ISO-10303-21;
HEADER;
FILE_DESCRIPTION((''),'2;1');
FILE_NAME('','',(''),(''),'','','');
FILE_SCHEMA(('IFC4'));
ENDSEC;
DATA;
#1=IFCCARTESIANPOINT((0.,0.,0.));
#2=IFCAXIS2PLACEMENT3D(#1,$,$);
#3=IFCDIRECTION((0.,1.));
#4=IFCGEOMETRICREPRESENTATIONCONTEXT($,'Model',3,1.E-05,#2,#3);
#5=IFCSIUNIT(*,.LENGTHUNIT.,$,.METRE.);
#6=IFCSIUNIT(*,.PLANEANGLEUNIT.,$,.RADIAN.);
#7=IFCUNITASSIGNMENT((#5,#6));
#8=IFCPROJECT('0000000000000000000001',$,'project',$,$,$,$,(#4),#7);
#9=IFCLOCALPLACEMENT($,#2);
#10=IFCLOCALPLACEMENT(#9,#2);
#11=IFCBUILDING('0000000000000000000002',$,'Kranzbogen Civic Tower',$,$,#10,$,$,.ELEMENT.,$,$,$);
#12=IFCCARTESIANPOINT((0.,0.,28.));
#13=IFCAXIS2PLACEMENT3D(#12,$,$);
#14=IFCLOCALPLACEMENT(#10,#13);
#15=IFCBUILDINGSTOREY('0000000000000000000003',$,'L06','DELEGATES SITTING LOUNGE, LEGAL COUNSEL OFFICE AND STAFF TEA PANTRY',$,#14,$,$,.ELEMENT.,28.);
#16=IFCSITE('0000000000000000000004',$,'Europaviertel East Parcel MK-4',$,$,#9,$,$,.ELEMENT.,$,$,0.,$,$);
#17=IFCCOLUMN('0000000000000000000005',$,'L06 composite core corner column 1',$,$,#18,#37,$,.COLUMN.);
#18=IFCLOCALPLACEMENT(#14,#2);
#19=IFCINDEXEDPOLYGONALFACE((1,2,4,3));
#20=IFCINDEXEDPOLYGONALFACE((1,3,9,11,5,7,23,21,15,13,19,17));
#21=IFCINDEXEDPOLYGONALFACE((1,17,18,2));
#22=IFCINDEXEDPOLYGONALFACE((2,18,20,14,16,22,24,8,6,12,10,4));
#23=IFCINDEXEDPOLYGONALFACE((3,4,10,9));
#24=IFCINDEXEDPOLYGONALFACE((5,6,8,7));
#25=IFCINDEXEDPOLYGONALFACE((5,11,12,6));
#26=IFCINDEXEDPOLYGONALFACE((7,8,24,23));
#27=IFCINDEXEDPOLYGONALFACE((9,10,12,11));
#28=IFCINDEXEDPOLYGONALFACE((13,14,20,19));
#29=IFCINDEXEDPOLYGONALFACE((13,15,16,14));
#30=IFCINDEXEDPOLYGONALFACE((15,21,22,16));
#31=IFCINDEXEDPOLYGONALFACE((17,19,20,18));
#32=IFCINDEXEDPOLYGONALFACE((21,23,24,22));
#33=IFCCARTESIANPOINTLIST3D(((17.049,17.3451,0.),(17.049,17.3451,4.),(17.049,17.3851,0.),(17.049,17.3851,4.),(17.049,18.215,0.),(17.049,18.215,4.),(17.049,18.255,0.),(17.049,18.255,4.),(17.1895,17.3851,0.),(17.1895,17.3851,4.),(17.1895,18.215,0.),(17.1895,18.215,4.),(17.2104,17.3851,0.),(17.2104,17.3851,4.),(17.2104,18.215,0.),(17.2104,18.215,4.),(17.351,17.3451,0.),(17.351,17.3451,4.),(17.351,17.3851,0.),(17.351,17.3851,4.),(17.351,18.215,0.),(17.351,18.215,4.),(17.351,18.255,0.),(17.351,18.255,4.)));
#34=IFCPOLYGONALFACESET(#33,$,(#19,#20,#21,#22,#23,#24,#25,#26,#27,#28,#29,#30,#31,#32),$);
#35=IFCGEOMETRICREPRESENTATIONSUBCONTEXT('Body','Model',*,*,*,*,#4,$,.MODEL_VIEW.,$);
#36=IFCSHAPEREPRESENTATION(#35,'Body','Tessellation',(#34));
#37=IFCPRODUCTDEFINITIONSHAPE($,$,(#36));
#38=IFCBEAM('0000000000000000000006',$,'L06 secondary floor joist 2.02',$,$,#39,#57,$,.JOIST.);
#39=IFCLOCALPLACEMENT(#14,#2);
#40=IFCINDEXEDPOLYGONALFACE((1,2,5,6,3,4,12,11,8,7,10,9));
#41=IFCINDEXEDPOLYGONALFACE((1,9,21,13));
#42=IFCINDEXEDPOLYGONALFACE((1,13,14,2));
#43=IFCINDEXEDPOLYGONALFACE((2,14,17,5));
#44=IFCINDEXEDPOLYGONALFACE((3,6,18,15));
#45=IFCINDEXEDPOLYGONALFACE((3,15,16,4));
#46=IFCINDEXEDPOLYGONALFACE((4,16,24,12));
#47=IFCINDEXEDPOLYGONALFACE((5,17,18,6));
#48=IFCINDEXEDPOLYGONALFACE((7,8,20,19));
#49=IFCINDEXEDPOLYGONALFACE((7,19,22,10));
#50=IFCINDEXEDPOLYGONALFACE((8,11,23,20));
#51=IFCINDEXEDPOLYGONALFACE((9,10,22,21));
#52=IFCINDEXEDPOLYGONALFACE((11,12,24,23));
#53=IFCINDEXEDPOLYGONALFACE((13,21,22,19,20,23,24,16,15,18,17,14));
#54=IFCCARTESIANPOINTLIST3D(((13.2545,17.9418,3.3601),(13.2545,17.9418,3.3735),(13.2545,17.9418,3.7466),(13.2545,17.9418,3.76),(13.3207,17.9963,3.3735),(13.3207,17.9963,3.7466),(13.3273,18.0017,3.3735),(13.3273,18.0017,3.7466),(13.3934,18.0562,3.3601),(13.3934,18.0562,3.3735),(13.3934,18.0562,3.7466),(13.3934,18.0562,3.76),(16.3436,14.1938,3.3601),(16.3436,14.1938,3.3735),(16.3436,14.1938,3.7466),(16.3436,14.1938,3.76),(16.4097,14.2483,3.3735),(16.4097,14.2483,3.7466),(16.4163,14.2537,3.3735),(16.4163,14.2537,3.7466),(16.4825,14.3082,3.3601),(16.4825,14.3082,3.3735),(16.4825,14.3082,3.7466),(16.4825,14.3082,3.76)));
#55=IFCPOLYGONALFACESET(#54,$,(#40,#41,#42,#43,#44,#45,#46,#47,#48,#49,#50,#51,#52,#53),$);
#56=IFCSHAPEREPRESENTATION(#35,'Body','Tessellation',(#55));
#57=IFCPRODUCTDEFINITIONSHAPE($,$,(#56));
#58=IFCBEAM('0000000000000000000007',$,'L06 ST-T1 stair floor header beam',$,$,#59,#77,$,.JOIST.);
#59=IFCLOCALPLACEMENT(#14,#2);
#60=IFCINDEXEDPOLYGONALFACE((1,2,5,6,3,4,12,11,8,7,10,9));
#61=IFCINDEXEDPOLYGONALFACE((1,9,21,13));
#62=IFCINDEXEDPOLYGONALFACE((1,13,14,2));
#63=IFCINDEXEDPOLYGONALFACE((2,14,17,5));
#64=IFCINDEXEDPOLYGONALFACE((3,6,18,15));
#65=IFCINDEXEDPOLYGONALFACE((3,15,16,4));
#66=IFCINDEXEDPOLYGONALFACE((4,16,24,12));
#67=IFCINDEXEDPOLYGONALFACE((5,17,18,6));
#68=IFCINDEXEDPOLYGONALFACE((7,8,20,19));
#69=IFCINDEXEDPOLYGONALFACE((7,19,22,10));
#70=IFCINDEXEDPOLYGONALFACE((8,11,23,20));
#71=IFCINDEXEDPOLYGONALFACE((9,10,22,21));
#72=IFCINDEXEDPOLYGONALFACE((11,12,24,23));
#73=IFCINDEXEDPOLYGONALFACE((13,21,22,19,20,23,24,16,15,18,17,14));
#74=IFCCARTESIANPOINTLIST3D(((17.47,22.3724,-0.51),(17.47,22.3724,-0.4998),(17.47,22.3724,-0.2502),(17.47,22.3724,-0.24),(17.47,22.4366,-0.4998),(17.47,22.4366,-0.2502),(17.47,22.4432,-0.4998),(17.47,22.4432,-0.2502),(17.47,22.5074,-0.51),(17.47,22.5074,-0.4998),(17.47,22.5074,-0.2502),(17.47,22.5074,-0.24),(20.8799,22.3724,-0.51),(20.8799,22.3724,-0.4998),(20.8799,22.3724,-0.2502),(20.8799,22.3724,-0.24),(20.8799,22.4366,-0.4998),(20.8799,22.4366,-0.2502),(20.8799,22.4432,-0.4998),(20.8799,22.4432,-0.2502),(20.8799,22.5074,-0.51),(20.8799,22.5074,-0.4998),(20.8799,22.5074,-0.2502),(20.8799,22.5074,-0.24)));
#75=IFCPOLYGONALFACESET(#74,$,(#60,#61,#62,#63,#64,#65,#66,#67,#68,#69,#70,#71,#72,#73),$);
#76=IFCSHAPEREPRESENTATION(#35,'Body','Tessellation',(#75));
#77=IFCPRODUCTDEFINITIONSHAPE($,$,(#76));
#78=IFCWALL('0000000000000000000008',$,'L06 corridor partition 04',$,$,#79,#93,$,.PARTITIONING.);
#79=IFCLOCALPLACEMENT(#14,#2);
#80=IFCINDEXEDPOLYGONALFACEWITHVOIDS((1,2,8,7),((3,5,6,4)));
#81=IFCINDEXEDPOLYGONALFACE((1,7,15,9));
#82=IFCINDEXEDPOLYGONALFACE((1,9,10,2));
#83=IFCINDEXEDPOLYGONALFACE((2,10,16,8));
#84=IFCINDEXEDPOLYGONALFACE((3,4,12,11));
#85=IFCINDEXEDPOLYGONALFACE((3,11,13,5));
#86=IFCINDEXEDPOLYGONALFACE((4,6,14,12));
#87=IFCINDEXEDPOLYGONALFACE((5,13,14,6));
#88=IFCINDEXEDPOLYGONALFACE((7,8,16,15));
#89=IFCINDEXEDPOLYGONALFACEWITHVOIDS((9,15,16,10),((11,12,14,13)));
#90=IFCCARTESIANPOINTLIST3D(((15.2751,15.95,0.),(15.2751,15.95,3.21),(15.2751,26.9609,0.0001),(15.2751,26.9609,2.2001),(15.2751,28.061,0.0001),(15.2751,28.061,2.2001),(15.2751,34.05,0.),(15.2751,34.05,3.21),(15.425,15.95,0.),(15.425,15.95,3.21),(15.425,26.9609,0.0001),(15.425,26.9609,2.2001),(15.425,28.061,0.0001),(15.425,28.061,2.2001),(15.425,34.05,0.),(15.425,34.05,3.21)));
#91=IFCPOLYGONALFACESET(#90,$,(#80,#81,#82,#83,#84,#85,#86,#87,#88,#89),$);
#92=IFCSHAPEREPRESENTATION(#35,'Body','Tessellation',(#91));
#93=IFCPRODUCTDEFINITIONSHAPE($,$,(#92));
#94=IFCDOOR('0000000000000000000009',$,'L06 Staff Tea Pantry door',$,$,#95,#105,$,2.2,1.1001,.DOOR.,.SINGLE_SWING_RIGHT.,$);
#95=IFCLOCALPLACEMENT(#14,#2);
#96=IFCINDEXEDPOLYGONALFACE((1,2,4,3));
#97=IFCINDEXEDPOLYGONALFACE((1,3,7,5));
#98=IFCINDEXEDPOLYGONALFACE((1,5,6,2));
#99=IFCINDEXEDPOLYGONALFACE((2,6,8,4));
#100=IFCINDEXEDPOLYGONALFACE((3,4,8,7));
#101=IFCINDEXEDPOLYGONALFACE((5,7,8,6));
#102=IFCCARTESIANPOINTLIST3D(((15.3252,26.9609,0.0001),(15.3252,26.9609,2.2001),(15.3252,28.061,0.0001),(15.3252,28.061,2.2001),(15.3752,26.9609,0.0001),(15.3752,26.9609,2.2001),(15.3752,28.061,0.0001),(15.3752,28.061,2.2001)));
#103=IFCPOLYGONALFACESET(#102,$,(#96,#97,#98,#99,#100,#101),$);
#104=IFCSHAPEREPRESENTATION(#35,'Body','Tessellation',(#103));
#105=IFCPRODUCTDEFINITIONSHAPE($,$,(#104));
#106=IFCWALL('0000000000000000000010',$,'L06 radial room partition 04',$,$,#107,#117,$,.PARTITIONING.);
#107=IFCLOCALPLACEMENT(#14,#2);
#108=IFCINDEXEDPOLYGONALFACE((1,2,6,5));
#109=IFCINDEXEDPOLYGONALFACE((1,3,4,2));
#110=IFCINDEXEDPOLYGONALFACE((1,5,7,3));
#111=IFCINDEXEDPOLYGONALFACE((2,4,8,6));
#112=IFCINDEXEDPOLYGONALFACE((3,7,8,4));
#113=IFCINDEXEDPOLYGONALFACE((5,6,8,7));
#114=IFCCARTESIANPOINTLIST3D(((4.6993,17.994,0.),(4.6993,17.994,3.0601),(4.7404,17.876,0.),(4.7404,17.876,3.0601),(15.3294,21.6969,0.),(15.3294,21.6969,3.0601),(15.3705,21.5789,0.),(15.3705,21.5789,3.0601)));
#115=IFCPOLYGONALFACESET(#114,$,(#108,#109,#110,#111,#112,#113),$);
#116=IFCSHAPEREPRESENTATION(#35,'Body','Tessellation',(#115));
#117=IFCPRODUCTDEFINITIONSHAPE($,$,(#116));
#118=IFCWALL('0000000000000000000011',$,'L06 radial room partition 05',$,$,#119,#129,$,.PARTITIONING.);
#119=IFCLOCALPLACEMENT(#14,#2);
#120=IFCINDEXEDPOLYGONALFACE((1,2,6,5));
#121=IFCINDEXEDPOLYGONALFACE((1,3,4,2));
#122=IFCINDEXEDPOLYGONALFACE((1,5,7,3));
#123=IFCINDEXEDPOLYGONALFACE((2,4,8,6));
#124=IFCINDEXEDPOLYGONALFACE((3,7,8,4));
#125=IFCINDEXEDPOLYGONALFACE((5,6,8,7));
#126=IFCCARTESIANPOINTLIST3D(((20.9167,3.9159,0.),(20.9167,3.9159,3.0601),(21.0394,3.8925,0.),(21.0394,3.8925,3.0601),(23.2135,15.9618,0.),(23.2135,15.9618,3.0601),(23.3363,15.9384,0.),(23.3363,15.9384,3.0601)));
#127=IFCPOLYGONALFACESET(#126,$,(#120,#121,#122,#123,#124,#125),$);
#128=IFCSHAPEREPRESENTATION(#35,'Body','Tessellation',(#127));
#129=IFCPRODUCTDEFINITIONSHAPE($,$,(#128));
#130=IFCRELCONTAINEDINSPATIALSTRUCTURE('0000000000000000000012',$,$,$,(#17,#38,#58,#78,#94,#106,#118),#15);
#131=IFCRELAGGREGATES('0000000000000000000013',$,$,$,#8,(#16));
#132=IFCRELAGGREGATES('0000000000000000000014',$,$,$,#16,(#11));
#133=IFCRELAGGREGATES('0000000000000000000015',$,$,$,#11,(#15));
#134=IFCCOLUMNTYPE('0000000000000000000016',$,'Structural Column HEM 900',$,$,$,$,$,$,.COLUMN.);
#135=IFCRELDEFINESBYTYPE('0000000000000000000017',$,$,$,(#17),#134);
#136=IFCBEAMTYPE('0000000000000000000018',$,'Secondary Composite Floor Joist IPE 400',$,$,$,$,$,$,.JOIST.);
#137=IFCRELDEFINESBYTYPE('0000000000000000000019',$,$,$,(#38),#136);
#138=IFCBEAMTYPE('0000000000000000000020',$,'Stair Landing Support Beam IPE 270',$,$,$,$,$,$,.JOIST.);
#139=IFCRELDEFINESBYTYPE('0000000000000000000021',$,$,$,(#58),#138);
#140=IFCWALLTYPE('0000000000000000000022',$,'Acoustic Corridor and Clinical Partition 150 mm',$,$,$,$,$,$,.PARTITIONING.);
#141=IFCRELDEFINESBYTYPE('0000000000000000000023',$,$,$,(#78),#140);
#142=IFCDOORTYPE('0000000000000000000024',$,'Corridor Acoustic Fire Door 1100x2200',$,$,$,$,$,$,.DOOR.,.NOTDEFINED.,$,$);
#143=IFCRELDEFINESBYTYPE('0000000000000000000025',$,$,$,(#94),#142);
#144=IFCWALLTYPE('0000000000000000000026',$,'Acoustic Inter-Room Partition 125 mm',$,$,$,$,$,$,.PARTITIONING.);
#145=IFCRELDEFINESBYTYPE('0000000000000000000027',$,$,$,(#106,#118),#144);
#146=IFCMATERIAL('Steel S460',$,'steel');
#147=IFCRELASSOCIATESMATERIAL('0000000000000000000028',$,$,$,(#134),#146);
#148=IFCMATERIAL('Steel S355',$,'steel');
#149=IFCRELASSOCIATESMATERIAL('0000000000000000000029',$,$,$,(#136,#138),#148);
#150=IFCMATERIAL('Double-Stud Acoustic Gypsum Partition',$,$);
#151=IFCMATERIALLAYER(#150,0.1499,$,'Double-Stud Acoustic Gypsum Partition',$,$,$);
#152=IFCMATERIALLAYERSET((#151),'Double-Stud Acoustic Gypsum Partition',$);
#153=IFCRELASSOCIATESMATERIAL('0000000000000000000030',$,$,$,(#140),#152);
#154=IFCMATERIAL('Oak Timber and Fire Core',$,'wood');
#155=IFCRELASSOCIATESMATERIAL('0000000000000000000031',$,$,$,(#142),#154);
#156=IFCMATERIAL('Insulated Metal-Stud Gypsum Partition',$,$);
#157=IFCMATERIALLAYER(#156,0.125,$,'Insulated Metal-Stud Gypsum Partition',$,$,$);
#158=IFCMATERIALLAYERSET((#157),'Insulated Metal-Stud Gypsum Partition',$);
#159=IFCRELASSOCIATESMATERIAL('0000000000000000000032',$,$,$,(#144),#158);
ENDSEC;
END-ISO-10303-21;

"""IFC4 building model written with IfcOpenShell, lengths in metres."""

from ifc_helpers import new_model, si_unit, direction, frame, frame_2d, origin, origin_2d, place, context, subcontext, project, spatial, rectangle, i_section, extrude, material, layer, layer_set, material_profile, profile_set, type_object, element, fill, save


model = new_model("IFC4")

# Units and contexts
model_context = context("Model", 3, precision=1e-05, world=origin(), true_north=direction((0.0, 1.0)))
body_context = subcontext(model_context, "Body", "Model", "MODEL_VIEW")
ifc_project = project(units=[si_unit("LENGTHUNIT", "METRE"), si_unit("PLANEANGLEUNIT", "RADIAN")], contexts=[model_context])

# Site, building, storey
site_placement = place(None, origin())
site = spatial("IfcSite", under=ifc_project, at=site_placement, Name="Europaviertel East Parcel MK-4", CompositionType="ELEMENT", RefElevation=0.0)
building_placement = place(site_placement, origin())
building = spatial("IfcBuilding", under=site, at=building_placement, Name="Kranzbogen Civic Tower", CompositionType="ELEMENT")
storey_placement = place(building_placement, frame((0.0, 0.0, 28.0)))
storey = spatial("IfcBuildingStorey", under=building, at=storey_placement, Name="L06", Description="DELEGATES SITTING LOUNGE, LEGAL COUNSEL OFFICE AND STAFF TEA PANTRY", CompositionType="ELEMENT", Elevation=28.0)

# Column
ifc_material_1 = material(Name="Steel S460", Category="steel")
ifc_material_profile_1 = material_profile(ifc_material_1, i_section(OverallWidth=0.302, OverallDepth=0.9099, WebThickness=0.021, FlangeThickness=0.04, at=origin_2d()), Name="HEM 900")
ifc_profile_set_1 = profile_set([ifc_material_profile_1], Name="Steel S460")
column_type = type_object("IfcColumnType", Name="Structural Column HEM 900", PredefinedType="COLUMN", material=ifc_profile_set_1)
column_placement = place(storey_placement, frame((17.2, 17.8, 0.0), z_axis=(0.0, 0.0, 1.0), x_axis=(1.0, 0.0, 0.0)))
element("IfcColumn", 1, at=column_placement, inside=storey, type_object=column_type, Name="L06 composite core corner column 1", PredefinedType="COLUMN", context=body_context, shape_type="SweptSolid", body=[
    extrude(i_section(OverallWidth=0.302, OverallDepth=0.9099, WebThickness=0.021, FlangeThickness=0.04, at=origin_2d()), origin(), (0.0, 0.0, 1.0), 4.0),
])

# Beams
ifc_material_2 = material(Name="Steel S355", Category="steel")
ifc_material_profile_2 = material_profile(ifc_material_2, i_section(OverallWidth=0.1799, OverallDepth=0.3999, WebThickness=0.0085, FlangeThickness=0.0134, at=origin_2d()), Name="IPE 400")
ifc_profile_set_2 = profile_set([ifc_material_profile_2], Name="Steel S355")
beam_type_1 = type_object("IfcBeamType", Name="Secondary Composite Floor Joist IPE 400", PredefinedType="JOIST", material=ifc_profile_set_2)
beam_1_placement = place(storey_placement, frame((13.324, 17.999, 3.5601), z_axis=(0.636012, -0.771679, 0.0), x_axis=(0.771679, 0.636012, 0.0)))
element("IfcBeam", 2, at=beam_1_placement, inside=storey, type_object=beam_type_1, Name="L06 secondary floor joist 2.02", PredefinedType="JOIST", context=body_context, shape_type="SweptSolid", body=[
    extrude(i_section(OverallWidth=0.1799, OverallDepth=0.3999, WebThickness=0.0085, FlangeThickness=0.0134, at=origin_2d()), origin(), (0.0, 0.0, 1.0), 4.8569),
])
ifc_material_profile_3 = material_profile(ifc_material_2, i_section(OverallWidth=0.135, OverallDepth=0.27, WebThickness=0.0066, FlangeThickness=0.0103, at=origin_2d()), Name="IPE 270")
ifc_profile_set_3 = profile_set([ifc_material_profile_3], Name="Steel S355")
beam_type_2 = type_object("IfcBeamType", Name="Stair Landing Support Beam IPE 270", PredefinedType="JOIST", material=ifc_profile_set_3)
beam_2_placement = place(storey_placement, frame((20.8799, 22.4399, -0.375), z_axis=(-1.0, 0.0, 0.0), x_axis=(0.0, -1.0, 0.0)))
element("IfcBeam", 3, at=beam_2_placement, inside=storey, type_object=beam_type_2, Name="L06 ST-T1 stair floor header beam", PredefinedType="JOIST", context=body_context, shape_type="SweptSolid", body=[
    extrude(i_section(OverallWidth=0.135, OverallDepth=0.27, WebThickness=0.0066, FlangeThickness=0.0103, at=origin_2d()), origin(), (0.0, 0.0, 1.0), 3.4099),
])

# Wall, opening, door
ifc_material_3 = material(Name="Double-Stud Acoustic Gypsum Partition")
ifc_layer_1 = layer(ifc_material_3, 0.1499, Name="Double-Stud Acoustic Gypsum Partition")
ifc_layer_set_1 = layer_set([ifc_layer_1], Name="Double-Stud Acoustic Gypsum Partition")
wall_type_1 = type_object("IfcWallType", Name="Acoustic Corridor and Clinical Partition 150 mm", PredefinedType="PARTITIONING", material=ifc_layer_set_1)
wall_1_placement = place(storey_placement, frame((15.3501, 15.95, 0.0), z_axis=(0.0, 0.0, 1.0), x_axis=(0.0, 1.0, 0.0)))
wall_1 = element("IfcWall", 4, at=wall_1_placement, inside=storey, type_object=wall_type_1, Name="L06 corridor partition 04", PredefinedType="PARTITIONING", context=body_context, shape_type="SweptSolid", body=[
    extrude(rectangle(XDim=18.1001, YDim=0.1499, at=frame_2d((9.05, 0.0))), origin(), (0.0, 0.0, 1.0), 3.21),
])
opening_1_placement = place(wall_1_placement, frame((11.011, 0.0, 0.0)))
opening_1 = element("IfcOpeningElement", 5, at=opening_1_placement, cuts=wall_1, PredefinedType="OPENING", context=body_context, shape_type="SweptSolid", body=[
    extrude(rectangle(XDim=1.1001, YDim=2.2, at=frame_2d((0.55, 1.1001))), frame((0.0, 0.085, 0.0), z_axis=(0.0, -1.0, 0.0), x_axis=(1.0, 0.0, 0.0)), (0.0, 0.0, 1.0), 0.1699),
])
ifc_material_4 = material(Name="Oak Timber and Fire Core", Category="wood")
door_type_1 = type_object("IfcDoorType", Name="Corridor Acoustic Fire Door 1100x2200", OperationType="NOTDEFINED", PredefinedType="DOOR", material=ifc_material_4)
door_1_placement = place(opening_1_placement, origin())
door_1 = element("IfcDoor", 6, at=door_1_placement, inside=storey, type_object=door_type_1, Name="L06 Staff Tea Pantry door", OperationType="SINGLE_SWING_RIGHT", OverallHeight=2.2, OverallWidth=1.1001, PredefinedType="DOOR", context=body_context, shape_type="SweptSolid", body=[
    extrude(rectangle(XDim=1.1001, YDim=2.2, at=frame_2d((0.55, 1.1001))), frame((0.0, 0.0249, 0.0), z_axis=(0.0, -1.0, 0.0), x_axis=(1.0, 0.0, 0.0)), (0.0, 0.0, 1.0), 0.05),
])
fill(opening_1, door_1)

# Walls
ifc_material_5 = material(Name="Insulated Metal-Stud Gypsum Partition")
ifc_layer_2 = layer(ifc_material_5, 0.125, Name="Insulated Metal-Stud Gypsum Partition")
ifc_layer_set_2 = layer_set([ifc_layer_2], Name="Insulated Metal-Stud Gypsum Partition")
wall_type_2 = type_object("IfcWallType", Name="Acoustic Inter-Room Partition 125 mm", PredefinedType="PARTITIONING", material=ifc_layer_set_2)
wall_2_placement = place(storey_placement, frame((15.3501, 21.6379, 0.0), z_axis=(0.0, 0.0, 1.0), x_axis=(-0.944347, -0.328952, 0.0)))
element("IfcWall", 7, at=wall_2_placement, inside=storey, type_object=wall_type_2, Name="L06 radial room partition 04", PredefinedType="PARTITIONING", context=body_context, shape_type="SweptSolid", body=[
    extrude(rectangle(XDim=11.2566, YDim=0.125, at=frame_2d((5.6284, 0.0))), origin(), (0.0, 0.0, 1.0), 3.0601),
])
wall_3_placement = place(storey_placement, frame((23.2749, 15.95, 0.0), z_axis=(0.0, 0.0, 1.0), x_axis=(-0.187302, -0.982302, 0.0)))
element("IfcWall", 8, at=wall_3_placement, inside=storey, type_object=wall_type_2, Name="L06 radial room partition 05", PredefinedType="PARTITIONING", context=body_context, shape_type="SweptSolid", body=[
    extrude(rectangle(XDim=12.2629, YDim=0.125, at=frame_2d((6.1313, 0.0))), origin(), (0.0, 0.0, 1.0), 3.0601),
])

save(model, "model.ifc")
